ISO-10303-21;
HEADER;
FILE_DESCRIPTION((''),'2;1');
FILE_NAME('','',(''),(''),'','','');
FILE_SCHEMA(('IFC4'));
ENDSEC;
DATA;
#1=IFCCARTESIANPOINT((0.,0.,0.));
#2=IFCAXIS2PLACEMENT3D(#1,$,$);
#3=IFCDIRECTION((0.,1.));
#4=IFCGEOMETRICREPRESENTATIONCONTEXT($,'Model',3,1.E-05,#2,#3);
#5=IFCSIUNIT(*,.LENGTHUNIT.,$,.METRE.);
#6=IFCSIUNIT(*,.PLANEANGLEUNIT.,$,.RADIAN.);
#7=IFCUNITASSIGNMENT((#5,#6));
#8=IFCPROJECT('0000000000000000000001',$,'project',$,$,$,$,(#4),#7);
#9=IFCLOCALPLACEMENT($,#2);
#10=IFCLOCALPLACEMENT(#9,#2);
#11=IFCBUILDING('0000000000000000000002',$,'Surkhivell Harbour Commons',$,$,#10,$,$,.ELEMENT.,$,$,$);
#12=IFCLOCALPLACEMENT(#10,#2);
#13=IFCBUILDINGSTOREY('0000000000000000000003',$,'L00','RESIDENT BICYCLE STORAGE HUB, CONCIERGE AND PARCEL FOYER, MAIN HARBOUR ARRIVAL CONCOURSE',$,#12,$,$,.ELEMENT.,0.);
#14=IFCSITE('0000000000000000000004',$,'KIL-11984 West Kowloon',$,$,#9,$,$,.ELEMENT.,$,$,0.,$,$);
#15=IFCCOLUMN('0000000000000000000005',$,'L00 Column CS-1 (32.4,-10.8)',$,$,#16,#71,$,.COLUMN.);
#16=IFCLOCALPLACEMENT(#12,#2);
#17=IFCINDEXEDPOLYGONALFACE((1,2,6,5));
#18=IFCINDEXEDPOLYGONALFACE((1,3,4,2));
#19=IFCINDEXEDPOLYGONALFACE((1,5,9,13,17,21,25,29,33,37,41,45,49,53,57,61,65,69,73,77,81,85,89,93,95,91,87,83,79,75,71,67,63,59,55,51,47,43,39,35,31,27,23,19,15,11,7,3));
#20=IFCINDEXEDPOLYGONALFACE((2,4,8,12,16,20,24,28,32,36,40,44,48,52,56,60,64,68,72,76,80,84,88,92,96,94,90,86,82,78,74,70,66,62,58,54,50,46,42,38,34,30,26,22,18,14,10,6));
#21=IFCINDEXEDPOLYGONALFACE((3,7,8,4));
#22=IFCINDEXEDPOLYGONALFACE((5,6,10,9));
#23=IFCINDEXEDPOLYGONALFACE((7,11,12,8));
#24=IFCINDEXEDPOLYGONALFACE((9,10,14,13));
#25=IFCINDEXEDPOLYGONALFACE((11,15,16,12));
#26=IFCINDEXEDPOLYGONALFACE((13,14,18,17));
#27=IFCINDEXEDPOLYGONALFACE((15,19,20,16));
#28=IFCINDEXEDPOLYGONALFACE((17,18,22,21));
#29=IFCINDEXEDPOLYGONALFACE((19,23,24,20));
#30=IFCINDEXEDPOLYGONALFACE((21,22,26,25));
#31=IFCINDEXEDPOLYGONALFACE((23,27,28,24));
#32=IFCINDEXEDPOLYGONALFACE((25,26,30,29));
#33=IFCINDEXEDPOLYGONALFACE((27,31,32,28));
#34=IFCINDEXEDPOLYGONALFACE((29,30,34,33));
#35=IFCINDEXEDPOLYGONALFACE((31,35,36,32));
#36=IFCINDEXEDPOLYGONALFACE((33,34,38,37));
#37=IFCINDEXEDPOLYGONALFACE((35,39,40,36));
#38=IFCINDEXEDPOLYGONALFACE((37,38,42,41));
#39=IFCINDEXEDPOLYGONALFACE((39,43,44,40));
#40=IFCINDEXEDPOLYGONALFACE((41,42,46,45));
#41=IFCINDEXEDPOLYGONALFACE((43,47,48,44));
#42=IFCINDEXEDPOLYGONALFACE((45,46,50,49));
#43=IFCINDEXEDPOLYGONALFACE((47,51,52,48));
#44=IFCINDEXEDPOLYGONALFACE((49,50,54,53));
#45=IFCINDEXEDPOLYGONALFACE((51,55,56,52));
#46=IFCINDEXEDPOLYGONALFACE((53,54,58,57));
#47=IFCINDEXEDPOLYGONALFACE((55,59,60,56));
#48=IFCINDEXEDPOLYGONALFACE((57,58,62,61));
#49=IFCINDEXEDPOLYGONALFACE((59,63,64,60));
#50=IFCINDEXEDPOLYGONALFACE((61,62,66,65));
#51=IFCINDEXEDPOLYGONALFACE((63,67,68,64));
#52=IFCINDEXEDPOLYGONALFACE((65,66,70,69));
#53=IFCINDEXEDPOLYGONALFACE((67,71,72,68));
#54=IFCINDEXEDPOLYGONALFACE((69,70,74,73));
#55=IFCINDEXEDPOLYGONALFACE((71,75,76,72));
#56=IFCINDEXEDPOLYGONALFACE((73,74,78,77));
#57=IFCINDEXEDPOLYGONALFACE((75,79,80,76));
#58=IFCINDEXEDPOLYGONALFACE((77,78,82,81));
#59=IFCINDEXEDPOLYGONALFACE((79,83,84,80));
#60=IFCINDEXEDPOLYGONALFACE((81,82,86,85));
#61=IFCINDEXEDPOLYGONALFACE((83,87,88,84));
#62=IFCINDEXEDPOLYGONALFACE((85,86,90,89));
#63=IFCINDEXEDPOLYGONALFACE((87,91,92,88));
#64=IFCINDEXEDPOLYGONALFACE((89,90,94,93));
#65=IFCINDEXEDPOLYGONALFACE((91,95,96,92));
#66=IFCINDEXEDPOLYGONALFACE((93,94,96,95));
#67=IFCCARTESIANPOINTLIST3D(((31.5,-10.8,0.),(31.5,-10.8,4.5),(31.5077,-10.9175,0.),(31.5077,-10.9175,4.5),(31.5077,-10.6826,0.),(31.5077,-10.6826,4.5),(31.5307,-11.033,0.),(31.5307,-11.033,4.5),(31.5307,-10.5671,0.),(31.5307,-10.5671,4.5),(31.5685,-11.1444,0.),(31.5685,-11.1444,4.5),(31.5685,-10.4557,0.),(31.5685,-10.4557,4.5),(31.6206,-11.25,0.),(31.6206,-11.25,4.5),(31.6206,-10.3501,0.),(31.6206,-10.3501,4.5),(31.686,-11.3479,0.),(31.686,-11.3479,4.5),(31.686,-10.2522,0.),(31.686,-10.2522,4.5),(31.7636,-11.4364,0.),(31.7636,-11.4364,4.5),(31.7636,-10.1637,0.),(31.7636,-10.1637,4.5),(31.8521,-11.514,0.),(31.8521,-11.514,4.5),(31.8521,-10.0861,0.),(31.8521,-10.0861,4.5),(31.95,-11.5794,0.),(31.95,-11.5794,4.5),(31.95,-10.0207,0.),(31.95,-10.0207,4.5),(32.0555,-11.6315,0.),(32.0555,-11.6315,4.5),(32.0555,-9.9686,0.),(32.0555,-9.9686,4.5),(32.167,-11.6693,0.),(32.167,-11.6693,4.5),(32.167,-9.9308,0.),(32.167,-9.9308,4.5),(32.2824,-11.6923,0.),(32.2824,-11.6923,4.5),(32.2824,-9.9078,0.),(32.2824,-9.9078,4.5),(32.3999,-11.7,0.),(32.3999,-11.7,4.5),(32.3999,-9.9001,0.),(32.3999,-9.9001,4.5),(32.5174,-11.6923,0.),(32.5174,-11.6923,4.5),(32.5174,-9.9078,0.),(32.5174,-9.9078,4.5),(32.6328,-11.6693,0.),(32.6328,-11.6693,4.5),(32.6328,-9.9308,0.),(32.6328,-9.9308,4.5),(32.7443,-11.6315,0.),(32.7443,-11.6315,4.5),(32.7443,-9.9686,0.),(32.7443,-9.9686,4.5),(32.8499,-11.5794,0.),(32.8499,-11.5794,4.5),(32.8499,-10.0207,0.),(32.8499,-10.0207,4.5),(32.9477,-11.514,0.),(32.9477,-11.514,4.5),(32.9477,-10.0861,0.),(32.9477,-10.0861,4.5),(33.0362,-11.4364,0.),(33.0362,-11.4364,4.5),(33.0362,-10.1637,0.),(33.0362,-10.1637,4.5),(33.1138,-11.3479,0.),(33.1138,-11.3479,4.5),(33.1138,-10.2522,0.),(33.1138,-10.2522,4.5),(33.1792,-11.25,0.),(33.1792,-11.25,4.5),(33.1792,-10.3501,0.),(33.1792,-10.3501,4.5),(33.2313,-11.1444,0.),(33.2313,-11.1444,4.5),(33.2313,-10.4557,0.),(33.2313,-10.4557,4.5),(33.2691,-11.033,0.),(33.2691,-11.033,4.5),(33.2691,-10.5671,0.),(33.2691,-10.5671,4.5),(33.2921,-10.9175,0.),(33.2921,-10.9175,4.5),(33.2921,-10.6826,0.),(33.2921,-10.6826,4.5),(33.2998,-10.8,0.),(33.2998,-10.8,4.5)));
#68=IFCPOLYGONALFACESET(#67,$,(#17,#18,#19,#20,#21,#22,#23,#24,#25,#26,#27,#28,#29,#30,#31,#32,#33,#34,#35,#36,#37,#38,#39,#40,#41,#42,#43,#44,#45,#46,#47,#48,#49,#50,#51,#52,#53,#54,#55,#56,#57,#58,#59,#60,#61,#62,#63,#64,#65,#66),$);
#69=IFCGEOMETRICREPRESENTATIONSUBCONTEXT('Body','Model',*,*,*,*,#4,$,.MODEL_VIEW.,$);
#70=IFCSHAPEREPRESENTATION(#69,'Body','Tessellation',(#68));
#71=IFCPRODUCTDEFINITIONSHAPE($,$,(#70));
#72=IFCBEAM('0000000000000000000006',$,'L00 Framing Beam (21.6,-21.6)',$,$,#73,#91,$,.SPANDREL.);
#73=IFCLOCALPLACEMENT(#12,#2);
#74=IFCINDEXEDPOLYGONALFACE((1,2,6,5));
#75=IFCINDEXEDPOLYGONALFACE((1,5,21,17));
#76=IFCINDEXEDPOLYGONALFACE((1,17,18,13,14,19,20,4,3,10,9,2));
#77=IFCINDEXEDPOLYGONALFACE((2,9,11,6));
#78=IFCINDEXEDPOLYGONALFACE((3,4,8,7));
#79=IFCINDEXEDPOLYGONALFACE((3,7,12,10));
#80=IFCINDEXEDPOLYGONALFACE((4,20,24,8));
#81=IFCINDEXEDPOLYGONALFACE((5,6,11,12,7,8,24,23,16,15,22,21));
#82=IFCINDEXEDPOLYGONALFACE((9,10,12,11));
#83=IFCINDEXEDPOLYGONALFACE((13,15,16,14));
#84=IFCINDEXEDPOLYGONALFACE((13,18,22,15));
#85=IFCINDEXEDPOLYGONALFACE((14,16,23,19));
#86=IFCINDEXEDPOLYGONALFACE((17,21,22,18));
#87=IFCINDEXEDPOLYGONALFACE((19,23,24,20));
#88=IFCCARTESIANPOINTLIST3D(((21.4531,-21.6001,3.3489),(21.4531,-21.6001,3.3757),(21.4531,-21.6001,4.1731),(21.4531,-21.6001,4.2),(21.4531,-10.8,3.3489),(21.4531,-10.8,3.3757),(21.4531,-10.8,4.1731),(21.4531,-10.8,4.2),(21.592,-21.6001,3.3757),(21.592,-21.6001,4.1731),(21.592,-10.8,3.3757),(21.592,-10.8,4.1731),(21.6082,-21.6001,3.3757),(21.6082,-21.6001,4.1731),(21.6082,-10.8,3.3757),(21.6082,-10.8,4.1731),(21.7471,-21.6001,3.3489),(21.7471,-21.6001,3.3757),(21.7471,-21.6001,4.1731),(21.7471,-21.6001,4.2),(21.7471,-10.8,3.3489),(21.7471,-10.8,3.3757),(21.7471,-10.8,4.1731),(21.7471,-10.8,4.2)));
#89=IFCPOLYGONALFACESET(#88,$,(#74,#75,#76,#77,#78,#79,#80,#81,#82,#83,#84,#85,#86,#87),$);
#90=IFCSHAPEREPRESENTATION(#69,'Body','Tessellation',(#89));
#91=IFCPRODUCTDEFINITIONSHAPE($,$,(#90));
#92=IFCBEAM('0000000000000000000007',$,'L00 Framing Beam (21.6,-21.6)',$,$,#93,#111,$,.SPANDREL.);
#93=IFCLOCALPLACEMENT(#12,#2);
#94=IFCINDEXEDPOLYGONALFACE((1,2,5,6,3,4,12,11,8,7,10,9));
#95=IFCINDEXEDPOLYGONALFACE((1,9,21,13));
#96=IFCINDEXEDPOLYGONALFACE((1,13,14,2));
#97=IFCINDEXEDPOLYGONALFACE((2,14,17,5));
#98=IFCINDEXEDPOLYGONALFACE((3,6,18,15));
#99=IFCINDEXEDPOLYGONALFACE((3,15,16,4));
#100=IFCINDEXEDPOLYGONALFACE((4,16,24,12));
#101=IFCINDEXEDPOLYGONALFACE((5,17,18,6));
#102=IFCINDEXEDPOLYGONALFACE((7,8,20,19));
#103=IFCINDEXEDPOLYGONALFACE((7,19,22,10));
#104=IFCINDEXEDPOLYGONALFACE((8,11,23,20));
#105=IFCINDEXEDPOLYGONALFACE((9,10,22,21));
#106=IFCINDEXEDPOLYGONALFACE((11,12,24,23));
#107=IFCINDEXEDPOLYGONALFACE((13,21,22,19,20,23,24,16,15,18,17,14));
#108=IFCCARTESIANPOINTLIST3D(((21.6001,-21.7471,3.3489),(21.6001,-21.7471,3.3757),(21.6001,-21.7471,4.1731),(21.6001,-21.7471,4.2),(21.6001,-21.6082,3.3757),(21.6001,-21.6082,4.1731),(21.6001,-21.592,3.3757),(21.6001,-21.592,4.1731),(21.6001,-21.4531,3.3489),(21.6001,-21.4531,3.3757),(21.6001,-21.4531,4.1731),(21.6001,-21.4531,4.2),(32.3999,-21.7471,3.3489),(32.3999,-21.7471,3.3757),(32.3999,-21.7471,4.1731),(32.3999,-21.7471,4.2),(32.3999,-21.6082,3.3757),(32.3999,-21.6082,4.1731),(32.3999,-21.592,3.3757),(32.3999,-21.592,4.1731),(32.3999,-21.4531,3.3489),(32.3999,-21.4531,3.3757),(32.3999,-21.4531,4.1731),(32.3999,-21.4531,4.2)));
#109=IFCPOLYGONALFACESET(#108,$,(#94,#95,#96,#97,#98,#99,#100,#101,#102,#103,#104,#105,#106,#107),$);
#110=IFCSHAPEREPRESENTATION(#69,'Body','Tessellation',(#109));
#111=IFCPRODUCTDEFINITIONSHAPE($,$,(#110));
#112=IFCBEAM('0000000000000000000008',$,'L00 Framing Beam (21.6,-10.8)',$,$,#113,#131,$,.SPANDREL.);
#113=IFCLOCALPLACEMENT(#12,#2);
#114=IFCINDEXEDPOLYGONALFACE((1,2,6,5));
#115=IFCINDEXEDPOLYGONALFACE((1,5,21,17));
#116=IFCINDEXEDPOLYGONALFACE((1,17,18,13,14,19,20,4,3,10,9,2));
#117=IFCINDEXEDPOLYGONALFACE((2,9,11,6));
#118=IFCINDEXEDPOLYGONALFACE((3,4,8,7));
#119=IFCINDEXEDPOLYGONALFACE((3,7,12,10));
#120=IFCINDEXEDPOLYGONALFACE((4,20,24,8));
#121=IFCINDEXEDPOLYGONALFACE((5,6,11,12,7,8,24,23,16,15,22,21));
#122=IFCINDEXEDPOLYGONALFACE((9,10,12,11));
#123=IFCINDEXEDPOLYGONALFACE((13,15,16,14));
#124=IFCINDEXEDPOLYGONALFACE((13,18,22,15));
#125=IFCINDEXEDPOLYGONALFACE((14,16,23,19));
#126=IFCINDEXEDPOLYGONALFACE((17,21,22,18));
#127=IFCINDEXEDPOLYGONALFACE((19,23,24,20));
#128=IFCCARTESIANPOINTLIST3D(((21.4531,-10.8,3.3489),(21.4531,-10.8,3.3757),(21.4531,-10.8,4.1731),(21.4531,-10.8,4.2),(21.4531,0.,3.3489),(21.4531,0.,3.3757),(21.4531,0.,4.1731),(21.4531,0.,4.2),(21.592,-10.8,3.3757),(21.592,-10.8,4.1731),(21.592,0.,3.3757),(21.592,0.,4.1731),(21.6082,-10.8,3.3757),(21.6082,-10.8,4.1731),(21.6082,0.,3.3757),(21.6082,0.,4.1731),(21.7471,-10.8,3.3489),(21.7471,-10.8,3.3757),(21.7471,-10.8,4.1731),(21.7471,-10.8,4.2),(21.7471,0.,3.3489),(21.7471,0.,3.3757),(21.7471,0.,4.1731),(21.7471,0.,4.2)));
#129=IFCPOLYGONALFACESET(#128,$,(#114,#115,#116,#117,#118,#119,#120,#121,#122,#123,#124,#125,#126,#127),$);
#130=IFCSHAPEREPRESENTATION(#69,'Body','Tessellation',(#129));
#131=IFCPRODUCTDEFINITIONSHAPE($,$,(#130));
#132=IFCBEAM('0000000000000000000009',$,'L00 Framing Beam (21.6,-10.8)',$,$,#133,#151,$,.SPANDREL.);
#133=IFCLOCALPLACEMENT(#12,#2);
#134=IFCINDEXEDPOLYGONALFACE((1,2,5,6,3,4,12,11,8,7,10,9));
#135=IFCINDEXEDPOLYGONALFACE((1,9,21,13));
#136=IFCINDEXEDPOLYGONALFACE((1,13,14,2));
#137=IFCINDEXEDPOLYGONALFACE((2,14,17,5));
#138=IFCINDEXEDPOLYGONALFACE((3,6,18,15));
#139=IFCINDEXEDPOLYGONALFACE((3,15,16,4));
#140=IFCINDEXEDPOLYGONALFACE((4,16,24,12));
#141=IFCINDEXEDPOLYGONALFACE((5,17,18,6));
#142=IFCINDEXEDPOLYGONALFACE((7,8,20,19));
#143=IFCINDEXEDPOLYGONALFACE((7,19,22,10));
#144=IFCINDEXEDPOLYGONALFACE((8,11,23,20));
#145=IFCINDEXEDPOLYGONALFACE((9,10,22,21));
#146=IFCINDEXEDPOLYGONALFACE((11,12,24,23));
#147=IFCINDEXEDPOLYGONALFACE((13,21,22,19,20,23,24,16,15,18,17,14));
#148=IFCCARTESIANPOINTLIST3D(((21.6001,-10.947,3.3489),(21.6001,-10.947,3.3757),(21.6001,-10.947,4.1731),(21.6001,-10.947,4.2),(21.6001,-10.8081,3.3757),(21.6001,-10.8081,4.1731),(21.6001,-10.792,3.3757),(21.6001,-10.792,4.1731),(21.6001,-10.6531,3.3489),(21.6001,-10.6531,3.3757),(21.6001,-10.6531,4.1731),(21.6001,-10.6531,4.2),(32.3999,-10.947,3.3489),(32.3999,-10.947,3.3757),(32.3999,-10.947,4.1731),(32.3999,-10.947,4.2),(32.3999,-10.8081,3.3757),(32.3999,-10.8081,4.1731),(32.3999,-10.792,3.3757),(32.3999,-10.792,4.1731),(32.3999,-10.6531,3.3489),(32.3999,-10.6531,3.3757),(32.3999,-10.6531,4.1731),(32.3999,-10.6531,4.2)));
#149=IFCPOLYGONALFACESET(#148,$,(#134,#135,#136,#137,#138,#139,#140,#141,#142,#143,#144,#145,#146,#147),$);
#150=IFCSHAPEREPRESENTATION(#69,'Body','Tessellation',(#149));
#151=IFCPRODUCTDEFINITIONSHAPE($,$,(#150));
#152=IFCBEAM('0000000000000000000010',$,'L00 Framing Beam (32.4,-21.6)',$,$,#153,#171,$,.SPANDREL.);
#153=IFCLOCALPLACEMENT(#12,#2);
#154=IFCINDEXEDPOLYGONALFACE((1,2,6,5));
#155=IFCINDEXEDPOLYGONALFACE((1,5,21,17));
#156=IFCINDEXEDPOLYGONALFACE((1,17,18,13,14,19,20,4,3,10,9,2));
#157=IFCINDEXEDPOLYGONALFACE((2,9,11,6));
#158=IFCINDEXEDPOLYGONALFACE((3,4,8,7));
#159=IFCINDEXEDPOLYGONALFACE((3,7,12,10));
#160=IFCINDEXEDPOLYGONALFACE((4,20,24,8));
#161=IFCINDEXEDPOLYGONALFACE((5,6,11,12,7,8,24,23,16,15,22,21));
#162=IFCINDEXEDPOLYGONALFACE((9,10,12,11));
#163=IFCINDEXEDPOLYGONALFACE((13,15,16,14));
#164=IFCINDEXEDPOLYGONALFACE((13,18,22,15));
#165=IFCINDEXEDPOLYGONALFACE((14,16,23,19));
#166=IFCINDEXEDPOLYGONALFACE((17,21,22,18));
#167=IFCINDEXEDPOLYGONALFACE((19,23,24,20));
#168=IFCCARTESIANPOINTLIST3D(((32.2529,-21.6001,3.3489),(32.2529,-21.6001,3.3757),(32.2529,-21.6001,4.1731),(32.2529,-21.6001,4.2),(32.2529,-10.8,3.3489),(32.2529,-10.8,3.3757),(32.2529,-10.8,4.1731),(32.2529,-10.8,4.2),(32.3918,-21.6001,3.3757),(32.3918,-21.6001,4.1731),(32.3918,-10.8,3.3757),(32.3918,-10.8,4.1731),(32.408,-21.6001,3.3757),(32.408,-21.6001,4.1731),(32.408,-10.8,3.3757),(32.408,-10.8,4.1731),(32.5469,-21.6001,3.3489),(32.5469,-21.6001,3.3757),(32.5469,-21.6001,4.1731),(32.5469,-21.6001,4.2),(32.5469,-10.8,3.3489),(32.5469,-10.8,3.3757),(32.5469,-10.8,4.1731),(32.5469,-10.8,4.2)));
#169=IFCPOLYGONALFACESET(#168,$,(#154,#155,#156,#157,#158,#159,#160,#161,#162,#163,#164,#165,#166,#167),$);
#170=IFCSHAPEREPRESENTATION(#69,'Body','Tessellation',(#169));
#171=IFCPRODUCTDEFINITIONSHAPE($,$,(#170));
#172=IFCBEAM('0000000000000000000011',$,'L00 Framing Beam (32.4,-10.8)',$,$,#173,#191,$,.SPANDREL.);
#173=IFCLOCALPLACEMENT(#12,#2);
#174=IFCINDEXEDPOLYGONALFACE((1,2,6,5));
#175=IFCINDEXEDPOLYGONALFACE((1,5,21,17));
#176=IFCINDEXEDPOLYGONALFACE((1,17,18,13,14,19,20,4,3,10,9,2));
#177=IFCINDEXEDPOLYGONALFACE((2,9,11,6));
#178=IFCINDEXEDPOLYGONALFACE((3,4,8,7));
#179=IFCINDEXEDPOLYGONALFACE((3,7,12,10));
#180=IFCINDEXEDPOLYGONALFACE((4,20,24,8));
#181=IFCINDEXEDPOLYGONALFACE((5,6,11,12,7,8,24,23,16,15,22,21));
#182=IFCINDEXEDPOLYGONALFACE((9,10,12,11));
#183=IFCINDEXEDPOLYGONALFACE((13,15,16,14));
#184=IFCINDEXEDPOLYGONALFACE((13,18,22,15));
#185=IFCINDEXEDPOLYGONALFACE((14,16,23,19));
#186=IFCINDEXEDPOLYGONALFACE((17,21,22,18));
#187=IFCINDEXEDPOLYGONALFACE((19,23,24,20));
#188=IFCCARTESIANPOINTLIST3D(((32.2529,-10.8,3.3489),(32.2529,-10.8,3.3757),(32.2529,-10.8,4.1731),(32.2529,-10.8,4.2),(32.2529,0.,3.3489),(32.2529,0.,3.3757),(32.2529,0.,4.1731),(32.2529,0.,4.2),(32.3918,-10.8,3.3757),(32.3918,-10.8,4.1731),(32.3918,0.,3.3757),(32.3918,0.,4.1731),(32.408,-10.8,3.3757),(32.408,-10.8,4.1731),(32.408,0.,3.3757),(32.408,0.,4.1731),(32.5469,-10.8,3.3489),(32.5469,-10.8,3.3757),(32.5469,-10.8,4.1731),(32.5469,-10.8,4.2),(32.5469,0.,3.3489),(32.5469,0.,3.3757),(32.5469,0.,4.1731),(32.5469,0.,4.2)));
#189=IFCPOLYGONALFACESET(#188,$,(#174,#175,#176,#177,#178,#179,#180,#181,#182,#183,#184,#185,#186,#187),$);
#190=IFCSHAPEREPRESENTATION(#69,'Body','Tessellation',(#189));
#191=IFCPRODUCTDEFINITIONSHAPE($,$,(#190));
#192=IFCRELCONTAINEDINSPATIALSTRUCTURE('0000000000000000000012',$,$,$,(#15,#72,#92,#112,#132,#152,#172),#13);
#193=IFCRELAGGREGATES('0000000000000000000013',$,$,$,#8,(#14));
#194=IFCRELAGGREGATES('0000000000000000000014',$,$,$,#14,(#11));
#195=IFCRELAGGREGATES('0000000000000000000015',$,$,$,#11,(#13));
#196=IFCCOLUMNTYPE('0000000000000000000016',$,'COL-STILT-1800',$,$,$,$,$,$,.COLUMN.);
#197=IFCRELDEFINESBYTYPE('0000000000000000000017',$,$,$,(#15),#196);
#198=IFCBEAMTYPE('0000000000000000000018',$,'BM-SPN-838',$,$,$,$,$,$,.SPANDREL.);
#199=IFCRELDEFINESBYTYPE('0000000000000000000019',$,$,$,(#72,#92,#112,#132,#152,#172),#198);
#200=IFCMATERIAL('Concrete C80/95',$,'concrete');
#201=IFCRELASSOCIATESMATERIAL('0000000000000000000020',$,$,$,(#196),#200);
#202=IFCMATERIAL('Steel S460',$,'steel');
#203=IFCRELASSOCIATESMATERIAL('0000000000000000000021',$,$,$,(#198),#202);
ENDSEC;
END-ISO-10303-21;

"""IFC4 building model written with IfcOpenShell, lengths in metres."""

from ifc_helpers import new_model, si_unit, direction, frame, origin, origin_2d, place, context, subcontext, project, spatial, circle, i_section, extrude, material, material_profile, profile_set, type_object, element, save


model = new_model("IFC4")

# Units and contexts
model_context = context("Model", 3, precision=1e-05, world=origin(), true_north=direction((0.0, 1.0)))
body_context = subcontext(model_context, "Body", "Model", "MODEL_VIEW")
ifc_project = project(units=[si_unit("LENGTHUNIT", "METRE"), si_unit("PLANEANGLEUNIT", "RADIAN")], contexts=[model_context])

# Site, building, storey
site_placement = place(None, origin())
site = spatial("IfcSite", under=ifc_project, at=site_placement, Name="KIL-11984 West Kowloon", CompositionType="ELEMENT", RefElevation=0.0)
building_placement = place(site_placement, origin())
building = spatial("IfcBuilding", under=site, at=building_placement, Name="Surkhivell Harbour Commons", CompositionType="ELEMENT")
storey_placement = place(building_placement, origin())
storey = spatial("IfcBuildingStorey", under=building, at=storey_placement, Name="L00", Description="RESIDENT BICYCLE STORAGE HUB, CONCIERGE AND PARCEL FOYER, MAIN HARBOUR ARRIVAL CONCOURSE", CompositionType="ELEMENT", Elevation=0.0)

# Column
ifc_material_1 = material(Name="Concrete C80/95", Category="concrete")
ifc_material_profile_1 = material_profile(ifc_material_1, circle(Radius=0.8999, at=origin_2d()), Name="RC-CIRC-1800")
ifc_profile_set_1 = profile_set([ifc_material_profile_1], Name="Concrete C80/95")
column_type_1 = type_object("IfcColumnType", Name="COL-STILT-1800", PredefinedType="COLUMN", material=ifc_profile_set_1)
for number, where, z_axis, x_axis, name in (
    (1, (32.3999, -10.8, 0.0), (0.0, 0.0, 1.0), (1.0, 0.0, 0.0), "L00 Column CS-1 (32.4,-10.8)"),
):
    element("IfcColumn", number, at=place(storey_placement, frame(where, z_axis=z_axis, x_axis=x_axis)), inside=storey, type_object=column_type_1, Name=name, PredefinedType="COLUMN", context=body_context, shape_type="SweptSolid", body=[
        extrude(circle(Radius=0.8999, at=origin_2d()), origin(), (0.0, 0.0, 1.0), 4.5),
    ])

# Beams
ifc_material_2 = material(Name="Steel S460", Category="steel")
ifc_material_profile_2 = material_profile(ifc_material_2, i_section(OverallWidth=0.2939, OverallDepth=0.8511, WebThickness=0.0161, FlangeThickness=0.0269, at=origin_2d()), Name="UB838x292x226")
ifc_profile_set_2 = profile_set([ifc_material_profile_2], Name="Steel S460")
beam_type = type_object("IfcBeamType", Name="BM-SPN-838", PredefinedType="SPANDREL", material=ifc_profile_set_2)
beam_1_placement = place(storey_placement, frame((21.6001, -21.6001, 3.7744), z_axis=(0.0, 1.0, 0.0), x_axis=(-1.0, 0.0, 0.0)))
element("IfcBeam", 2, at=beam_1_placement, inside=storey, type_object=beam_type, Name="L00 Framing Beam (21.6,-21.6)", PredefinedType="SPANDREL", context=body_context, shape_type="SweptSolid", body=[
    extrude(i_section(OverallWidth=0.2939, OverallDepth=0.8511, WebThickness=0.0161, FlangeThickness=0.0269, at=origin_2d()), origin(), (0.0, 0.0, 1.0), 10.8),
])
beam_2_placement = place(storey_placement, frame((21.6001, -21.6001, 3.7744), z_axis=(1.0, 0.0, 0.0), x_axis=(0.0, 1.0, 0.0)))
element("IfcBeam", 3, at=beam_2_placement, inside=storey, type_object=beam_type, Name="L00 Framing Beam (21.6,-21.6)", PredefinedType="SPANDREL", context=body_context, shape_type="SweptSolid", body=[
    extrude(i_section(OverallWidth=0.2939, OverallDepth=0.8511, WebThickness=0.0161, FlangeThickness=0.0269, at=origin_2d()), origin(), (0.0, 0.0, 1.0), 10.7998),
])
beam_3_placement = place(storey_placement, frame((21.6001, -10.8, 3.7744), z_axis=(0.0, 1.0, 0.0), x_axis=(-1.0, 0.0, 0.0)))
element("IfcBeam", 4, at=beam_3_placement, inside=storey, type_object=beam_type, Name="L00 Framing Beam (21.6,-10.8)", PredefinedType="SPANDREL", context=body_context, shape_type="SweptSolid", body=[
    extrude(i_section(OverallWidth=0.2939, OverallDepth=0.8511, WebThickness=0.0161, FlangeThickness=0.0269, at=origin_2d()), origin(), (0.0, 0.0, 1.0), 10.8),
])
beam_4_placement = place(storey_placement, frame((21.6001, -10.8, 3.7744), z_axis=(1.0, 0.0, 0.0), x_axis=(0.0, 1.0, 0.0)))
element("IfcBeam", 5, at=beam_4_placement, inside=storey, type_object=beam_type, Name="L00 Framing Beam (21.6,-10.8)", PredefinedType="SPANDREL", context=body_context, shape_type="SweptSolid", body=[
    extrude(i_section(OverallWidth=0.2939, OverallDepth=0.8511, WebThickness=0.0161, FlangeThickness=0.0269, at=origin_2d()), origin(), (0.0, 0.0, 1.0), 10.7998),
])
for number, where, z_axis, x_axis, name in (
    (6, (32.3999, -21.6001, 3.7744), (0.0, 1.0, 0.0), (-1.0, 0.0, 0.0), "L00 Framing Beam (32.4,-21.6)"),
    (7, (32.3999, -10.8, 3.7744), (0.0, 1.0, 0.0), (-1.0, 0.0, 0.0), "L00 Framing Beam (32.4,-10.8)"),
):
    element("IfcBeam", number, at=place(storey_placement, frame(where, z_axis=z_axis, x_axis=x_axis)), inside=storey, type_object=beam_type, Name=name, PredefinedType="SPANDREL", context=body_context, shape_type="SweptSolid", body=[
        extrude(i_section(OverallWidth=0.2939, OverallDepth=0.8511, WebThickness=0.0161, FlangeThickness=0.0269, at=origin_2d()), origin(), (0.0, 0.0, 1.0), 10.8),
    ])

save(model, "model.ifc")
